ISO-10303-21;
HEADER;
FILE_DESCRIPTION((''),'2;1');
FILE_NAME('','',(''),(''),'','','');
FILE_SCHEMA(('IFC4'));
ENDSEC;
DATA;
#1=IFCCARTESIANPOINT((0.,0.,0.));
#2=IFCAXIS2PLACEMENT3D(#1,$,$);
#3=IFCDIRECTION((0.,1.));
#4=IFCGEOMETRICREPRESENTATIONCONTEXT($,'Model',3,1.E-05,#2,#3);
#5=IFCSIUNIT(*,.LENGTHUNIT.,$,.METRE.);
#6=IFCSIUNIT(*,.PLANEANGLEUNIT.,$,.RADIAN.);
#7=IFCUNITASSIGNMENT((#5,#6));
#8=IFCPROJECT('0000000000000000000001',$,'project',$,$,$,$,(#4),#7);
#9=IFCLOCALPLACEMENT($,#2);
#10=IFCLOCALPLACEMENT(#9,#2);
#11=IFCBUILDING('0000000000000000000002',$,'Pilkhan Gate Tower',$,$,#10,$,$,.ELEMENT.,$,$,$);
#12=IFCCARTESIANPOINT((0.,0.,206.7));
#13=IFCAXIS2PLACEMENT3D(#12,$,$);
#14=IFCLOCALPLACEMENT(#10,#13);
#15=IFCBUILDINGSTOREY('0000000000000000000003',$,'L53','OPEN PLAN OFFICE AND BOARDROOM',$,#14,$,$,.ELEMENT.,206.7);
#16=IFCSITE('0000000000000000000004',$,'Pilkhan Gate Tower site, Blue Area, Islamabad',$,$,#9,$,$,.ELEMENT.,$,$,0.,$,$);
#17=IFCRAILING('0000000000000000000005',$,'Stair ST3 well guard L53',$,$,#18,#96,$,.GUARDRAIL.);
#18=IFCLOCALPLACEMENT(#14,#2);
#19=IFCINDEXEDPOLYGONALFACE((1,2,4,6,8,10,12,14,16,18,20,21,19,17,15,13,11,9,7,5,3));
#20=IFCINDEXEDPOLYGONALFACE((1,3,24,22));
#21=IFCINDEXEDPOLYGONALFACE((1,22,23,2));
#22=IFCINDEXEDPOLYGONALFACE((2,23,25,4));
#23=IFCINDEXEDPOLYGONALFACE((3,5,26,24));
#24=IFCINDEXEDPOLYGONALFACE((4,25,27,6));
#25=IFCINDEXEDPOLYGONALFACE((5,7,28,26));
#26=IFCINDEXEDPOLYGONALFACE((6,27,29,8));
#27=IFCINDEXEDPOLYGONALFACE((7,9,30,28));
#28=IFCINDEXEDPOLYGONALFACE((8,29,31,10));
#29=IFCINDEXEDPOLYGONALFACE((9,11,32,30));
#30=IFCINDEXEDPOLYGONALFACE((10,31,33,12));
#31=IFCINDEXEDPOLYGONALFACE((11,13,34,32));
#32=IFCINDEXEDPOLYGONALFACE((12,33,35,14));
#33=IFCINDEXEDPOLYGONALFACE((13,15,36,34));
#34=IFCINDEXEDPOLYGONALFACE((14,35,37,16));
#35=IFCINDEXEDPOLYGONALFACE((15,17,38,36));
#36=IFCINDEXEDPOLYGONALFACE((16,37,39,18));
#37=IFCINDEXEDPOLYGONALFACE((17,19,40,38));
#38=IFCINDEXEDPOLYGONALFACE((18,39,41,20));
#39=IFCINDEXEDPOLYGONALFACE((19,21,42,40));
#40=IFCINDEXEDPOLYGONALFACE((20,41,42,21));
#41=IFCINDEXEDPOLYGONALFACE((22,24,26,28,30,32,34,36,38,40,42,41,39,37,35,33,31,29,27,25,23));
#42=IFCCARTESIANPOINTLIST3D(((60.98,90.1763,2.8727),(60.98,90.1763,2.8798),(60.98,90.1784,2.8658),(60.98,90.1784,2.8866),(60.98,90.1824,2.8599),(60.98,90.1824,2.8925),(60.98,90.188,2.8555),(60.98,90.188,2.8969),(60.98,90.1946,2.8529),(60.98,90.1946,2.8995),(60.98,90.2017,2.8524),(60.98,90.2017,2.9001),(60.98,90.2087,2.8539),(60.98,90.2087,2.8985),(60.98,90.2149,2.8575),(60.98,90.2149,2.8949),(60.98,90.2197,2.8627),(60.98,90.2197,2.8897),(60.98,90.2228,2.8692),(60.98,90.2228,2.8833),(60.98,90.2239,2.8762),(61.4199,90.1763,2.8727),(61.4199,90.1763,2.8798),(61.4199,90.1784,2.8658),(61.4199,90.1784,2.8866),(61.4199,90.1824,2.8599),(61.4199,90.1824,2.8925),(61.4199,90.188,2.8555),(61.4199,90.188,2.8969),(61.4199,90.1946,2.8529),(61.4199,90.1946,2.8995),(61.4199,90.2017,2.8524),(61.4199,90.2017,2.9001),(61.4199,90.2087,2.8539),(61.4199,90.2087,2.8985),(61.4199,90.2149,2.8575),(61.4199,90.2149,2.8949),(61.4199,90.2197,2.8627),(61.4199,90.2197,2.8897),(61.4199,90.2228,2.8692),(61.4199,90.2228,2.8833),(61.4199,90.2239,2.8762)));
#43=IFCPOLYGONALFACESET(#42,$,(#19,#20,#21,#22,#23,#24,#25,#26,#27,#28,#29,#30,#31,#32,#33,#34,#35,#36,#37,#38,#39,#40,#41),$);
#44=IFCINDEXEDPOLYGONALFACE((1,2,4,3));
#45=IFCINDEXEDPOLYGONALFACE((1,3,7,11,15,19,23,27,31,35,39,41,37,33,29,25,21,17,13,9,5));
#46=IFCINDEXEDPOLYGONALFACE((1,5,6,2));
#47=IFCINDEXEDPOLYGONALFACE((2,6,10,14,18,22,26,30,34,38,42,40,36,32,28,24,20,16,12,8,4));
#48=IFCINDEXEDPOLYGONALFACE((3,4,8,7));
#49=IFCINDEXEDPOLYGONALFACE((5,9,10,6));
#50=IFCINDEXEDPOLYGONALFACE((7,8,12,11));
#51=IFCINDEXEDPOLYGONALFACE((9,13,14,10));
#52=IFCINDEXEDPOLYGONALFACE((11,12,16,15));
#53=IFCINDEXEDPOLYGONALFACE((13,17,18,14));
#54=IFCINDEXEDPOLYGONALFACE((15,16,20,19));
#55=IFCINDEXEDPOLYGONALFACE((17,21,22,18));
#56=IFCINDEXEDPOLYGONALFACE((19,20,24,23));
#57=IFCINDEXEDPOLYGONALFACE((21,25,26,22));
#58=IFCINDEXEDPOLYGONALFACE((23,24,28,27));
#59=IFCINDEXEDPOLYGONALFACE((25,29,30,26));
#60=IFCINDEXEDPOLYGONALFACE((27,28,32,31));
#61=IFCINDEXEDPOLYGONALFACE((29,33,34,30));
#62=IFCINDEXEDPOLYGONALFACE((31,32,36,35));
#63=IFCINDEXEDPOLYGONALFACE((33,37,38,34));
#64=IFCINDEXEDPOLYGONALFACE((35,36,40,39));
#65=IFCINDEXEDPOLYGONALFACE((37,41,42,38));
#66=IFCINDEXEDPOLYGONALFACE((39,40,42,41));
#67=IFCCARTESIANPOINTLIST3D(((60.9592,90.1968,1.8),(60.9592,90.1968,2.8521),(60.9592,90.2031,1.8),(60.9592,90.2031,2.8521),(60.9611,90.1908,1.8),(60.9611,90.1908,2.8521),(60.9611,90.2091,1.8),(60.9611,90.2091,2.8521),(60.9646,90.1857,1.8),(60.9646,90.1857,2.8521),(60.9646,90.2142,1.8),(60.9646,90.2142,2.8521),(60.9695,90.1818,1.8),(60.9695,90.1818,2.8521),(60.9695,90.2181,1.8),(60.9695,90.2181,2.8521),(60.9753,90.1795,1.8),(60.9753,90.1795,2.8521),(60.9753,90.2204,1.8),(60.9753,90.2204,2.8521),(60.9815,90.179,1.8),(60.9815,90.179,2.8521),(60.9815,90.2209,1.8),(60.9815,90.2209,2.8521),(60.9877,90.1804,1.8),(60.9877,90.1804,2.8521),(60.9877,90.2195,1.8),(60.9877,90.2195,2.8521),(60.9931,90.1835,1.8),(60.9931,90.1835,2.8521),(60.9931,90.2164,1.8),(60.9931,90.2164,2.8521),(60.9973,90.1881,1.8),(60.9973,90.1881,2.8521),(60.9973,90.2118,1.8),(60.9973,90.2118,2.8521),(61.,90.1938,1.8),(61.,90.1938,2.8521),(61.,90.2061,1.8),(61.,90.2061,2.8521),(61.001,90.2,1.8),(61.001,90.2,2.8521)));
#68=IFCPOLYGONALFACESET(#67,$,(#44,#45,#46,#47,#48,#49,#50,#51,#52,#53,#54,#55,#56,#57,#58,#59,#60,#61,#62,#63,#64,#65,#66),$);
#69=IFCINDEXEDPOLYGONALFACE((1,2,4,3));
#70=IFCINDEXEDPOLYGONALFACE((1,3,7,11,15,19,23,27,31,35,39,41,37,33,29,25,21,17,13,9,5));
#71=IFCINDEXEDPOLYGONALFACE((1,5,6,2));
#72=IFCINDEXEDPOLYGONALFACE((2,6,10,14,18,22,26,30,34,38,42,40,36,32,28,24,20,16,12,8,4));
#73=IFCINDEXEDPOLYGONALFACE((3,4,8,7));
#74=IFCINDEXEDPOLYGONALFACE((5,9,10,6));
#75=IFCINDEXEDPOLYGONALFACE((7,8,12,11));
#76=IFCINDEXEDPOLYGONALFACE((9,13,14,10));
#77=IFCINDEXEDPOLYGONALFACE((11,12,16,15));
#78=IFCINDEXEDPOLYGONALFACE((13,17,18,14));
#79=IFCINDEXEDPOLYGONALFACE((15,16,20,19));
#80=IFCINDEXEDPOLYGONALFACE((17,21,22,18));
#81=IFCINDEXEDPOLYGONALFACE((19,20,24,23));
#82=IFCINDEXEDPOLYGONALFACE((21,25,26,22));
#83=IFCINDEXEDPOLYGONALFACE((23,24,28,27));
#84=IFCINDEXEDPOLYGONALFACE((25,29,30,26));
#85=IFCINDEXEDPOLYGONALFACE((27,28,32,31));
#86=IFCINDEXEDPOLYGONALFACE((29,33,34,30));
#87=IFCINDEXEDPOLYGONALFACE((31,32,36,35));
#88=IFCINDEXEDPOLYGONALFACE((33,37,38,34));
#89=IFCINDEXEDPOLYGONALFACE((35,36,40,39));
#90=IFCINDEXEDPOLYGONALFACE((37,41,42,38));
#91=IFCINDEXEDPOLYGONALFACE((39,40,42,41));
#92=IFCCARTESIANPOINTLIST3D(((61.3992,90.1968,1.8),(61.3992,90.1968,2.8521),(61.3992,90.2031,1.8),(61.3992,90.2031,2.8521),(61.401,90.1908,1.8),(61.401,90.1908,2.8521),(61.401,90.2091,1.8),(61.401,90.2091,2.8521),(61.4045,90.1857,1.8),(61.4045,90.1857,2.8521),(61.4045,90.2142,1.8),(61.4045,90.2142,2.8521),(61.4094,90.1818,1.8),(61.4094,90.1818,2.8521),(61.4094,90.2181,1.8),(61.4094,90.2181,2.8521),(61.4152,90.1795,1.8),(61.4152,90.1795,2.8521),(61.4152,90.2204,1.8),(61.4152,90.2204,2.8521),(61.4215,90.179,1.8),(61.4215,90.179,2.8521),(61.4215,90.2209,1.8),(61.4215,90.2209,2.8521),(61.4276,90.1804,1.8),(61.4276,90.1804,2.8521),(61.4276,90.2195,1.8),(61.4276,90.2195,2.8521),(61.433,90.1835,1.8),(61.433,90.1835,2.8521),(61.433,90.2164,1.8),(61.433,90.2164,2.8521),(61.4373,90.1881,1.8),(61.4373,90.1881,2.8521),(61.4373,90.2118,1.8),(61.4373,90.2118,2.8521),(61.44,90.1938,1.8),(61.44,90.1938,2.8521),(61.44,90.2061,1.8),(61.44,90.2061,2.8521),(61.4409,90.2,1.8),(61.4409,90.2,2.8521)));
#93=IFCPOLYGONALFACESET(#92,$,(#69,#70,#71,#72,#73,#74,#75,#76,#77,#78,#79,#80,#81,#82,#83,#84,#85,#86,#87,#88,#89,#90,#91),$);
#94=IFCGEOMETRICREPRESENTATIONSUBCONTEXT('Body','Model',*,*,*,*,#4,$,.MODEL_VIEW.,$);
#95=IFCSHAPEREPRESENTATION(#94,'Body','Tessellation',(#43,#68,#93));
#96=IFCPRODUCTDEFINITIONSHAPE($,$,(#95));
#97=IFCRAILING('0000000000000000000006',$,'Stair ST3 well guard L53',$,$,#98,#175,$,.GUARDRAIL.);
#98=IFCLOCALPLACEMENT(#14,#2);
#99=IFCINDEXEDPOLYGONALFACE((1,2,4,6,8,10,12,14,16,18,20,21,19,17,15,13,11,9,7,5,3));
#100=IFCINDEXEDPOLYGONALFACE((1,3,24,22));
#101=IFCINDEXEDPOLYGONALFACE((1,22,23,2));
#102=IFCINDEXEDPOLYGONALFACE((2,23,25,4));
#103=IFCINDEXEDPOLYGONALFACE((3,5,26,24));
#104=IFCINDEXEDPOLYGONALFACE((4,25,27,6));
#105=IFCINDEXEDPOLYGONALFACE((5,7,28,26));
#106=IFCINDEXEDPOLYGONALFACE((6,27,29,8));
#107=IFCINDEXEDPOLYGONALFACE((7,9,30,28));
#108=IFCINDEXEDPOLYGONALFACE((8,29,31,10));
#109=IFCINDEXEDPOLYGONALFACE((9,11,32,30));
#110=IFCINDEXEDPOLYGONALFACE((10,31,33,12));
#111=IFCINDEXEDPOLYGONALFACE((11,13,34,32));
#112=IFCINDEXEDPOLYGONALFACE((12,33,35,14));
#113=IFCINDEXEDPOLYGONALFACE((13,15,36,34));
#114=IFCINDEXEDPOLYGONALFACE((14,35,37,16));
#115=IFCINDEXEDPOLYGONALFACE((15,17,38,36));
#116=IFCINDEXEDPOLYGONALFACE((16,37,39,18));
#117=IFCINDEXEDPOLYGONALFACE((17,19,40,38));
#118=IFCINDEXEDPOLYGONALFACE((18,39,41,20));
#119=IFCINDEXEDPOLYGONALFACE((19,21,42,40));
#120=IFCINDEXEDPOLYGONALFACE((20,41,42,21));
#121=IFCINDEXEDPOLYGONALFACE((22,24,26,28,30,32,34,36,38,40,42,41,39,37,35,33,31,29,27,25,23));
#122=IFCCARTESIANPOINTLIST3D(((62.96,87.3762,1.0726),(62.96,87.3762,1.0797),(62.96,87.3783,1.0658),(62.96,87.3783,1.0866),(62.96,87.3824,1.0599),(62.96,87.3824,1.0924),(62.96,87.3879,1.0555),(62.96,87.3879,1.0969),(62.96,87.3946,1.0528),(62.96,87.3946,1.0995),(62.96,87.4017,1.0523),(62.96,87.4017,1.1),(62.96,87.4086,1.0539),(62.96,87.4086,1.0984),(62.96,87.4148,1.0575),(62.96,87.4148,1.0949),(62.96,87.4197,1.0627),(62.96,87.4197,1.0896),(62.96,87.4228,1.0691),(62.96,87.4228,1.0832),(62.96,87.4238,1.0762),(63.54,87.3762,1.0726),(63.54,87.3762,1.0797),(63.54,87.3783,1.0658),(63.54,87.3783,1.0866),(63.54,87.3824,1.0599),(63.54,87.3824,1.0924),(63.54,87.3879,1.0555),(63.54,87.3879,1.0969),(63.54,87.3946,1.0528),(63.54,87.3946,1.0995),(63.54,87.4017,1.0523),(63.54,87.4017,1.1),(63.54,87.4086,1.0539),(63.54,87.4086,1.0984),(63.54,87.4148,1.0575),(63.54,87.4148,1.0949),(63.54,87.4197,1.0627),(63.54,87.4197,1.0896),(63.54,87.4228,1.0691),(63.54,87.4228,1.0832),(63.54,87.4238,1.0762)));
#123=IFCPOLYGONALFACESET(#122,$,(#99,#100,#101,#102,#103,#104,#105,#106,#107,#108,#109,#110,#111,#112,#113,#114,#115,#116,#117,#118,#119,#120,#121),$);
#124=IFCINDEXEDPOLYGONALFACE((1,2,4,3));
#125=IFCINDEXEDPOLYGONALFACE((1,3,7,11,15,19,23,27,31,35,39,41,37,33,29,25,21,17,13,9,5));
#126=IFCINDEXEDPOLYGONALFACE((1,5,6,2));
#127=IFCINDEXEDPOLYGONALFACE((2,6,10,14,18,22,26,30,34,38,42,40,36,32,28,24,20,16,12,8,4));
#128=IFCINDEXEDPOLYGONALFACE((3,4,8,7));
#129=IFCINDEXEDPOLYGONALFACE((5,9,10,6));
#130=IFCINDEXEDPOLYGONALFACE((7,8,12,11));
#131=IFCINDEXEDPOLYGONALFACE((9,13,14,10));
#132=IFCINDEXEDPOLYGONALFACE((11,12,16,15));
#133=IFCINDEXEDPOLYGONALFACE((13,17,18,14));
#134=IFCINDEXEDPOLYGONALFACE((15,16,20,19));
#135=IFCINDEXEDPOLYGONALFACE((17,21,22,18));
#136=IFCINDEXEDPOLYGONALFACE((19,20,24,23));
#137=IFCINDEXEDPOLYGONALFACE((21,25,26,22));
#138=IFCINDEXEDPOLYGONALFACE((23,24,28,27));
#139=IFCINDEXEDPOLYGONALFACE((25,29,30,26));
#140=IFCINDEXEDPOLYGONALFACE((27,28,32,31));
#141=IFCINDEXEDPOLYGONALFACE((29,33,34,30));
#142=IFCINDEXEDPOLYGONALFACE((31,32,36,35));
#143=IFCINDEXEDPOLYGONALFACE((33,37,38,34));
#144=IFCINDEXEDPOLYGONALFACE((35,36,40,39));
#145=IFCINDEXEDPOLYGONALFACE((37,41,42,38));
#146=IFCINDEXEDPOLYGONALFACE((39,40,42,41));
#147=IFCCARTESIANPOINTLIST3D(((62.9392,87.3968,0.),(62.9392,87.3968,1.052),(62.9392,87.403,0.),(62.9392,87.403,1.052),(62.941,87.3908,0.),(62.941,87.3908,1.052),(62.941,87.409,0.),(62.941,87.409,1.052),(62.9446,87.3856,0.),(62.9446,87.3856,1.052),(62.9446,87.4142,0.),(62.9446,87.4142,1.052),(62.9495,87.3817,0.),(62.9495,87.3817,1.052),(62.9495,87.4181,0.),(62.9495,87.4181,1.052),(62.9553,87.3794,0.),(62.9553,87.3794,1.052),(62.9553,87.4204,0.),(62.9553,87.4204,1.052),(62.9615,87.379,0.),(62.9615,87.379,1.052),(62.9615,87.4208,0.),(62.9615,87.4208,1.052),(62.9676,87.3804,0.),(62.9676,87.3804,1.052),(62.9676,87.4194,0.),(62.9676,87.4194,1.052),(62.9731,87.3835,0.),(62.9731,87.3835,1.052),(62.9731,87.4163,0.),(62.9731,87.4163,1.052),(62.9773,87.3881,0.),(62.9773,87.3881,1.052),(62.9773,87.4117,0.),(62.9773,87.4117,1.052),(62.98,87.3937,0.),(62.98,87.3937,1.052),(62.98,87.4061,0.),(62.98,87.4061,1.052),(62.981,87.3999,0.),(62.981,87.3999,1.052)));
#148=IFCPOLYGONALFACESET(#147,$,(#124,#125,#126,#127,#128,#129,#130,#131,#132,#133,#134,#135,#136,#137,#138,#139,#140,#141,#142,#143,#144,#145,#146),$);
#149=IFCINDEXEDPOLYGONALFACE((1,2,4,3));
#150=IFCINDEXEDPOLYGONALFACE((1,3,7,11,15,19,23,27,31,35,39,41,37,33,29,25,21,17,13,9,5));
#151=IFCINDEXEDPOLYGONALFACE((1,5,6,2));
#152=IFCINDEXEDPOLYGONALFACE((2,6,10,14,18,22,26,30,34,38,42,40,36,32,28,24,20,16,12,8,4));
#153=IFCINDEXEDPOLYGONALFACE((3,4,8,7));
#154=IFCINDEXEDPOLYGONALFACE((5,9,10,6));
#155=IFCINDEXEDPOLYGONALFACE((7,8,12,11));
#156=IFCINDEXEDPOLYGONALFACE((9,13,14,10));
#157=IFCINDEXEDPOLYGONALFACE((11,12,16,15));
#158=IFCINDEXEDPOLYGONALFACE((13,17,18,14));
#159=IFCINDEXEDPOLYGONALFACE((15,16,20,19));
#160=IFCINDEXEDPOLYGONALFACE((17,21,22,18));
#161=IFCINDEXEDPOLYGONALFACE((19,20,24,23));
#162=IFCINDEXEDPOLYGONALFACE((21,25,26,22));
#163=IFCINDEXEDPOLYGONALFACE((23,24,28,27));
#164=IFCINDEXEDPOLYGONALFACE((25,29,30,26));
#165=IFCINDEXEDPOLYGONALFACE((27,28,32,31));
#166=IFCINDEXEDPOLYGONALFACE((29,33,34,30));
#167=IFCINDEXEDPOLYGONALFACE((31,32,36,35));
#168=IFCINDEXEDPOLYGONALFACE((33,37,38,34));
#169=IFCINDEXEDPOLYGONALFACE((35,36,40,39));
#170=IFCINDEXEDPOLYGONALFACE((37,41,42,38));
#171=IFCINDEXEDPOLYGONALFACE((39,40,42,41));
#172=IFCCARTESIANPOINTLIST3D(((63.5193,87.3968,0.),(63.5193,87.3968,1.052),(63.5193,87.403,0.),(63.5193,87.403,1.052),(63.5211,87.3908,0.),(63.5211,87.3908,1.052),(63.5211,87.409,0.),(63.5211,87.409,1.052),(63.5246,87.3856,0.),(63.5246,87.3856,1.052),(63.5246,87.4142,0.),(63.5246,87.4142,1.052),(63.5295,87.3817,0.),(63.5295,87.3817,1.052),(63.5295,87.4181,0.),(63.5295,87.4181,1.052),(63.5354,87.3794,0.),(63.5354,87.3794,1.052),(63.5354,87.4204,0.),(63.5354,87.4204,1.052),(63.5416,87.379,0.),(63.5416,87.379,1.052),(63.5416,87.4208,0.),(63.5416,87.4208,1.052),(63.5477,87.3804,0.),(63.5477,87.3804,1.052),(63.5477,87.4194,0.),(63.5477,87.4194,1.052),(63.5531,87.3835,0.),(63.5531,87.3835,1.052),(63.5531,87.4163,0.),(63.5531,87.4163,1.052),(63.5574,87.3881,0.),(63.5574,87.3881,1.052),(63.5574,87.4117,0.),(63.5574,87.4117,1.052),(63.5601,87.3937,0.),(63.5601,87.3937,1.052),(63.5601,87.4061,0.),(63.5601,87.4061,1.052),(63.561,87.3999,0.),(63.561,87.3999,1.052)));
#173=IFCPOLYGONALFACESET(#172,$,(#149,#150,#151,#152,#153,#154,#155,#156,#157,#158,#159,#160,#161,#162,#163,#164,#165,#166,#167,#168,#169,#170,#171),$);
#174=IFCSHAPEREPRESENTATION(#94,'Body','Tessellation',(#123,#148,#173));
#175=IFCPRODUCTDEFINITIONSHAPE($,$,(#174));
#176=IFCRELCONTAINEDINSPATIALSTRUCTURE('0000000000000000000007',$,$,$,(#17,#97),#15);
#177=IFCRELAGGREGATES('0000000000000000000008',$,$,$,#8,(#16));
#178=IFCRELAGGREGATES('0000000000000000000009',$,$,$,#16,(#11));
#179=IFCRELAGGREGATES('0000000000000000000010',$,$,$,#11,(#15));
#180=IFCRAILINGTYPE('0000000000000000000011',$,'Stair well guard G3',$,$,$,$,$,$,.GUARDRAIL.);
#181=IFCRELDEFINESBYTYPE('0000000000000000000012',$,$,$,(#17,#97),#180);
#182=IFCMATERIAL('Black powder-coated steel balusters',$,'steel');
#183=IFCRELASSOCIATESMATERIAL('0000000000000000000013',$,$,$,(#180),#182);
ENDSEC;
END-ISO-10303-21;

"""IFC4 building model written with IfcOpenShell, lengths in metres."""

from ifc_helpers import new_model, si_unit, direction, frame, origin, origin_2d, place, context, subcontext, project, spatial, circle, extrude, material, type_object, element, save


model = new_model("IFC4")

# Units and contexts
model_context = context("Model", 3, precision=1e-05, world=origin(), true_north=direction((0.0, 1.0)))
body_context = subcontext(model_context, "Body", "Model", "MODEL_VIEW")
ifc_project = project(units=[si_unit("LENGTHUNIT", "METRE"), si_unit("PLANEANGLEUNIT", "RADIAN")], contexts=[model_context])

# Site, building, storey
site_placement = place(None, origin())
site = spatial("IfcSite", under=ifc_project, at=site_placement, Name="Pilkhan Gate Tower site, Blue Area, Islamabad", CompositionType="ELEMENT", RefElevation=0.0)
building_placement = place(site_placement, origin())
building = spatial("IfcBuilding", under=site, at=building_placement, Name="Pilkhan Gate Tower", CompositionType="ELEMENT")
storey_placement = place(building_placement, frame((0.0, 0.0, 206.7)))
storey = spatial("IfcBuildingStorey", under=building, at=storey_placement, Name="L53", Description="OPEN PLAN OFFICE AND BOARDROOM", CompositionType="ELEMENT", Elevation=206.7)

# Railings
ifc_material_1 = material(Name="Black powder-coated steel balusters", Category="steel")
railing_type_1 = type_object("IfcRailingType", Name="Stair well guard G3", PredefinedType="GUARDRAIL", material=ifc_material_1)
railing_1_placement = place(storey_placement, frame((60.98, 90.2, 1.8)))
element("IfcRailing", 1, at=railing_1_placement, inside=storey, type_object=railing_type_1, Name="Stair ST3 well guard L53", PredefinedType="GUARDRAIL", context=body_context, shape_type="SweptSolid", body=[
    extrude(circle(Radius=0.0239, at=origin_2d()), frame((0.0, 0.0, 1.0762), z_axis=(1.0, 0.0, 0.0), x_axis=(0.0, 1.0, 0.0)), (0.0, 0.0, 1.0), 0.4399),
    extrude(circle(Radius=0.021, at=origin_2d()), origin(), (0.0, 0.0, 1.0), 1.052),
    extrude(circle(Radius=0.021, at=origin_2d()), frame((0.4399, 0.0, 0.0)), (0.0, 0.0, 1.0), 1.052),
])
for number, where, name in (
    (2, (62.96, 87.3999, 0.0), "Stair ST3 well guard L53"),
):
    element("IfcRailing", number, at=place(storey_placement, frame(where)), inside=storey, type_object=railing_type_1, Name=name, PredefinedType="GUARDRAIL", context=body_context, shape_type="SweptSolid", body=[
        extrude(circle(Radius=0.0239, at=origin_2d()), frame((0.0, 0.0, 1.0762), z_axis=(1.0, 0.0, 0.0), x_axis=(0.0, 1.0, 0.0)), (0.0, 0.0, 1.0), 0.5801),
        extrude(circle(Radius=0.021, at=origin_2d()), origin(), (0.0, 0.0, 1.0), 1.052),
        extrude(circle(Radius=0.021, at=origin_2d()), frame((0.5801, 0.0, 0.0)), (0.0, 0.0, 1.0), 1.052),
    ])

save(model, "model.ifc")
